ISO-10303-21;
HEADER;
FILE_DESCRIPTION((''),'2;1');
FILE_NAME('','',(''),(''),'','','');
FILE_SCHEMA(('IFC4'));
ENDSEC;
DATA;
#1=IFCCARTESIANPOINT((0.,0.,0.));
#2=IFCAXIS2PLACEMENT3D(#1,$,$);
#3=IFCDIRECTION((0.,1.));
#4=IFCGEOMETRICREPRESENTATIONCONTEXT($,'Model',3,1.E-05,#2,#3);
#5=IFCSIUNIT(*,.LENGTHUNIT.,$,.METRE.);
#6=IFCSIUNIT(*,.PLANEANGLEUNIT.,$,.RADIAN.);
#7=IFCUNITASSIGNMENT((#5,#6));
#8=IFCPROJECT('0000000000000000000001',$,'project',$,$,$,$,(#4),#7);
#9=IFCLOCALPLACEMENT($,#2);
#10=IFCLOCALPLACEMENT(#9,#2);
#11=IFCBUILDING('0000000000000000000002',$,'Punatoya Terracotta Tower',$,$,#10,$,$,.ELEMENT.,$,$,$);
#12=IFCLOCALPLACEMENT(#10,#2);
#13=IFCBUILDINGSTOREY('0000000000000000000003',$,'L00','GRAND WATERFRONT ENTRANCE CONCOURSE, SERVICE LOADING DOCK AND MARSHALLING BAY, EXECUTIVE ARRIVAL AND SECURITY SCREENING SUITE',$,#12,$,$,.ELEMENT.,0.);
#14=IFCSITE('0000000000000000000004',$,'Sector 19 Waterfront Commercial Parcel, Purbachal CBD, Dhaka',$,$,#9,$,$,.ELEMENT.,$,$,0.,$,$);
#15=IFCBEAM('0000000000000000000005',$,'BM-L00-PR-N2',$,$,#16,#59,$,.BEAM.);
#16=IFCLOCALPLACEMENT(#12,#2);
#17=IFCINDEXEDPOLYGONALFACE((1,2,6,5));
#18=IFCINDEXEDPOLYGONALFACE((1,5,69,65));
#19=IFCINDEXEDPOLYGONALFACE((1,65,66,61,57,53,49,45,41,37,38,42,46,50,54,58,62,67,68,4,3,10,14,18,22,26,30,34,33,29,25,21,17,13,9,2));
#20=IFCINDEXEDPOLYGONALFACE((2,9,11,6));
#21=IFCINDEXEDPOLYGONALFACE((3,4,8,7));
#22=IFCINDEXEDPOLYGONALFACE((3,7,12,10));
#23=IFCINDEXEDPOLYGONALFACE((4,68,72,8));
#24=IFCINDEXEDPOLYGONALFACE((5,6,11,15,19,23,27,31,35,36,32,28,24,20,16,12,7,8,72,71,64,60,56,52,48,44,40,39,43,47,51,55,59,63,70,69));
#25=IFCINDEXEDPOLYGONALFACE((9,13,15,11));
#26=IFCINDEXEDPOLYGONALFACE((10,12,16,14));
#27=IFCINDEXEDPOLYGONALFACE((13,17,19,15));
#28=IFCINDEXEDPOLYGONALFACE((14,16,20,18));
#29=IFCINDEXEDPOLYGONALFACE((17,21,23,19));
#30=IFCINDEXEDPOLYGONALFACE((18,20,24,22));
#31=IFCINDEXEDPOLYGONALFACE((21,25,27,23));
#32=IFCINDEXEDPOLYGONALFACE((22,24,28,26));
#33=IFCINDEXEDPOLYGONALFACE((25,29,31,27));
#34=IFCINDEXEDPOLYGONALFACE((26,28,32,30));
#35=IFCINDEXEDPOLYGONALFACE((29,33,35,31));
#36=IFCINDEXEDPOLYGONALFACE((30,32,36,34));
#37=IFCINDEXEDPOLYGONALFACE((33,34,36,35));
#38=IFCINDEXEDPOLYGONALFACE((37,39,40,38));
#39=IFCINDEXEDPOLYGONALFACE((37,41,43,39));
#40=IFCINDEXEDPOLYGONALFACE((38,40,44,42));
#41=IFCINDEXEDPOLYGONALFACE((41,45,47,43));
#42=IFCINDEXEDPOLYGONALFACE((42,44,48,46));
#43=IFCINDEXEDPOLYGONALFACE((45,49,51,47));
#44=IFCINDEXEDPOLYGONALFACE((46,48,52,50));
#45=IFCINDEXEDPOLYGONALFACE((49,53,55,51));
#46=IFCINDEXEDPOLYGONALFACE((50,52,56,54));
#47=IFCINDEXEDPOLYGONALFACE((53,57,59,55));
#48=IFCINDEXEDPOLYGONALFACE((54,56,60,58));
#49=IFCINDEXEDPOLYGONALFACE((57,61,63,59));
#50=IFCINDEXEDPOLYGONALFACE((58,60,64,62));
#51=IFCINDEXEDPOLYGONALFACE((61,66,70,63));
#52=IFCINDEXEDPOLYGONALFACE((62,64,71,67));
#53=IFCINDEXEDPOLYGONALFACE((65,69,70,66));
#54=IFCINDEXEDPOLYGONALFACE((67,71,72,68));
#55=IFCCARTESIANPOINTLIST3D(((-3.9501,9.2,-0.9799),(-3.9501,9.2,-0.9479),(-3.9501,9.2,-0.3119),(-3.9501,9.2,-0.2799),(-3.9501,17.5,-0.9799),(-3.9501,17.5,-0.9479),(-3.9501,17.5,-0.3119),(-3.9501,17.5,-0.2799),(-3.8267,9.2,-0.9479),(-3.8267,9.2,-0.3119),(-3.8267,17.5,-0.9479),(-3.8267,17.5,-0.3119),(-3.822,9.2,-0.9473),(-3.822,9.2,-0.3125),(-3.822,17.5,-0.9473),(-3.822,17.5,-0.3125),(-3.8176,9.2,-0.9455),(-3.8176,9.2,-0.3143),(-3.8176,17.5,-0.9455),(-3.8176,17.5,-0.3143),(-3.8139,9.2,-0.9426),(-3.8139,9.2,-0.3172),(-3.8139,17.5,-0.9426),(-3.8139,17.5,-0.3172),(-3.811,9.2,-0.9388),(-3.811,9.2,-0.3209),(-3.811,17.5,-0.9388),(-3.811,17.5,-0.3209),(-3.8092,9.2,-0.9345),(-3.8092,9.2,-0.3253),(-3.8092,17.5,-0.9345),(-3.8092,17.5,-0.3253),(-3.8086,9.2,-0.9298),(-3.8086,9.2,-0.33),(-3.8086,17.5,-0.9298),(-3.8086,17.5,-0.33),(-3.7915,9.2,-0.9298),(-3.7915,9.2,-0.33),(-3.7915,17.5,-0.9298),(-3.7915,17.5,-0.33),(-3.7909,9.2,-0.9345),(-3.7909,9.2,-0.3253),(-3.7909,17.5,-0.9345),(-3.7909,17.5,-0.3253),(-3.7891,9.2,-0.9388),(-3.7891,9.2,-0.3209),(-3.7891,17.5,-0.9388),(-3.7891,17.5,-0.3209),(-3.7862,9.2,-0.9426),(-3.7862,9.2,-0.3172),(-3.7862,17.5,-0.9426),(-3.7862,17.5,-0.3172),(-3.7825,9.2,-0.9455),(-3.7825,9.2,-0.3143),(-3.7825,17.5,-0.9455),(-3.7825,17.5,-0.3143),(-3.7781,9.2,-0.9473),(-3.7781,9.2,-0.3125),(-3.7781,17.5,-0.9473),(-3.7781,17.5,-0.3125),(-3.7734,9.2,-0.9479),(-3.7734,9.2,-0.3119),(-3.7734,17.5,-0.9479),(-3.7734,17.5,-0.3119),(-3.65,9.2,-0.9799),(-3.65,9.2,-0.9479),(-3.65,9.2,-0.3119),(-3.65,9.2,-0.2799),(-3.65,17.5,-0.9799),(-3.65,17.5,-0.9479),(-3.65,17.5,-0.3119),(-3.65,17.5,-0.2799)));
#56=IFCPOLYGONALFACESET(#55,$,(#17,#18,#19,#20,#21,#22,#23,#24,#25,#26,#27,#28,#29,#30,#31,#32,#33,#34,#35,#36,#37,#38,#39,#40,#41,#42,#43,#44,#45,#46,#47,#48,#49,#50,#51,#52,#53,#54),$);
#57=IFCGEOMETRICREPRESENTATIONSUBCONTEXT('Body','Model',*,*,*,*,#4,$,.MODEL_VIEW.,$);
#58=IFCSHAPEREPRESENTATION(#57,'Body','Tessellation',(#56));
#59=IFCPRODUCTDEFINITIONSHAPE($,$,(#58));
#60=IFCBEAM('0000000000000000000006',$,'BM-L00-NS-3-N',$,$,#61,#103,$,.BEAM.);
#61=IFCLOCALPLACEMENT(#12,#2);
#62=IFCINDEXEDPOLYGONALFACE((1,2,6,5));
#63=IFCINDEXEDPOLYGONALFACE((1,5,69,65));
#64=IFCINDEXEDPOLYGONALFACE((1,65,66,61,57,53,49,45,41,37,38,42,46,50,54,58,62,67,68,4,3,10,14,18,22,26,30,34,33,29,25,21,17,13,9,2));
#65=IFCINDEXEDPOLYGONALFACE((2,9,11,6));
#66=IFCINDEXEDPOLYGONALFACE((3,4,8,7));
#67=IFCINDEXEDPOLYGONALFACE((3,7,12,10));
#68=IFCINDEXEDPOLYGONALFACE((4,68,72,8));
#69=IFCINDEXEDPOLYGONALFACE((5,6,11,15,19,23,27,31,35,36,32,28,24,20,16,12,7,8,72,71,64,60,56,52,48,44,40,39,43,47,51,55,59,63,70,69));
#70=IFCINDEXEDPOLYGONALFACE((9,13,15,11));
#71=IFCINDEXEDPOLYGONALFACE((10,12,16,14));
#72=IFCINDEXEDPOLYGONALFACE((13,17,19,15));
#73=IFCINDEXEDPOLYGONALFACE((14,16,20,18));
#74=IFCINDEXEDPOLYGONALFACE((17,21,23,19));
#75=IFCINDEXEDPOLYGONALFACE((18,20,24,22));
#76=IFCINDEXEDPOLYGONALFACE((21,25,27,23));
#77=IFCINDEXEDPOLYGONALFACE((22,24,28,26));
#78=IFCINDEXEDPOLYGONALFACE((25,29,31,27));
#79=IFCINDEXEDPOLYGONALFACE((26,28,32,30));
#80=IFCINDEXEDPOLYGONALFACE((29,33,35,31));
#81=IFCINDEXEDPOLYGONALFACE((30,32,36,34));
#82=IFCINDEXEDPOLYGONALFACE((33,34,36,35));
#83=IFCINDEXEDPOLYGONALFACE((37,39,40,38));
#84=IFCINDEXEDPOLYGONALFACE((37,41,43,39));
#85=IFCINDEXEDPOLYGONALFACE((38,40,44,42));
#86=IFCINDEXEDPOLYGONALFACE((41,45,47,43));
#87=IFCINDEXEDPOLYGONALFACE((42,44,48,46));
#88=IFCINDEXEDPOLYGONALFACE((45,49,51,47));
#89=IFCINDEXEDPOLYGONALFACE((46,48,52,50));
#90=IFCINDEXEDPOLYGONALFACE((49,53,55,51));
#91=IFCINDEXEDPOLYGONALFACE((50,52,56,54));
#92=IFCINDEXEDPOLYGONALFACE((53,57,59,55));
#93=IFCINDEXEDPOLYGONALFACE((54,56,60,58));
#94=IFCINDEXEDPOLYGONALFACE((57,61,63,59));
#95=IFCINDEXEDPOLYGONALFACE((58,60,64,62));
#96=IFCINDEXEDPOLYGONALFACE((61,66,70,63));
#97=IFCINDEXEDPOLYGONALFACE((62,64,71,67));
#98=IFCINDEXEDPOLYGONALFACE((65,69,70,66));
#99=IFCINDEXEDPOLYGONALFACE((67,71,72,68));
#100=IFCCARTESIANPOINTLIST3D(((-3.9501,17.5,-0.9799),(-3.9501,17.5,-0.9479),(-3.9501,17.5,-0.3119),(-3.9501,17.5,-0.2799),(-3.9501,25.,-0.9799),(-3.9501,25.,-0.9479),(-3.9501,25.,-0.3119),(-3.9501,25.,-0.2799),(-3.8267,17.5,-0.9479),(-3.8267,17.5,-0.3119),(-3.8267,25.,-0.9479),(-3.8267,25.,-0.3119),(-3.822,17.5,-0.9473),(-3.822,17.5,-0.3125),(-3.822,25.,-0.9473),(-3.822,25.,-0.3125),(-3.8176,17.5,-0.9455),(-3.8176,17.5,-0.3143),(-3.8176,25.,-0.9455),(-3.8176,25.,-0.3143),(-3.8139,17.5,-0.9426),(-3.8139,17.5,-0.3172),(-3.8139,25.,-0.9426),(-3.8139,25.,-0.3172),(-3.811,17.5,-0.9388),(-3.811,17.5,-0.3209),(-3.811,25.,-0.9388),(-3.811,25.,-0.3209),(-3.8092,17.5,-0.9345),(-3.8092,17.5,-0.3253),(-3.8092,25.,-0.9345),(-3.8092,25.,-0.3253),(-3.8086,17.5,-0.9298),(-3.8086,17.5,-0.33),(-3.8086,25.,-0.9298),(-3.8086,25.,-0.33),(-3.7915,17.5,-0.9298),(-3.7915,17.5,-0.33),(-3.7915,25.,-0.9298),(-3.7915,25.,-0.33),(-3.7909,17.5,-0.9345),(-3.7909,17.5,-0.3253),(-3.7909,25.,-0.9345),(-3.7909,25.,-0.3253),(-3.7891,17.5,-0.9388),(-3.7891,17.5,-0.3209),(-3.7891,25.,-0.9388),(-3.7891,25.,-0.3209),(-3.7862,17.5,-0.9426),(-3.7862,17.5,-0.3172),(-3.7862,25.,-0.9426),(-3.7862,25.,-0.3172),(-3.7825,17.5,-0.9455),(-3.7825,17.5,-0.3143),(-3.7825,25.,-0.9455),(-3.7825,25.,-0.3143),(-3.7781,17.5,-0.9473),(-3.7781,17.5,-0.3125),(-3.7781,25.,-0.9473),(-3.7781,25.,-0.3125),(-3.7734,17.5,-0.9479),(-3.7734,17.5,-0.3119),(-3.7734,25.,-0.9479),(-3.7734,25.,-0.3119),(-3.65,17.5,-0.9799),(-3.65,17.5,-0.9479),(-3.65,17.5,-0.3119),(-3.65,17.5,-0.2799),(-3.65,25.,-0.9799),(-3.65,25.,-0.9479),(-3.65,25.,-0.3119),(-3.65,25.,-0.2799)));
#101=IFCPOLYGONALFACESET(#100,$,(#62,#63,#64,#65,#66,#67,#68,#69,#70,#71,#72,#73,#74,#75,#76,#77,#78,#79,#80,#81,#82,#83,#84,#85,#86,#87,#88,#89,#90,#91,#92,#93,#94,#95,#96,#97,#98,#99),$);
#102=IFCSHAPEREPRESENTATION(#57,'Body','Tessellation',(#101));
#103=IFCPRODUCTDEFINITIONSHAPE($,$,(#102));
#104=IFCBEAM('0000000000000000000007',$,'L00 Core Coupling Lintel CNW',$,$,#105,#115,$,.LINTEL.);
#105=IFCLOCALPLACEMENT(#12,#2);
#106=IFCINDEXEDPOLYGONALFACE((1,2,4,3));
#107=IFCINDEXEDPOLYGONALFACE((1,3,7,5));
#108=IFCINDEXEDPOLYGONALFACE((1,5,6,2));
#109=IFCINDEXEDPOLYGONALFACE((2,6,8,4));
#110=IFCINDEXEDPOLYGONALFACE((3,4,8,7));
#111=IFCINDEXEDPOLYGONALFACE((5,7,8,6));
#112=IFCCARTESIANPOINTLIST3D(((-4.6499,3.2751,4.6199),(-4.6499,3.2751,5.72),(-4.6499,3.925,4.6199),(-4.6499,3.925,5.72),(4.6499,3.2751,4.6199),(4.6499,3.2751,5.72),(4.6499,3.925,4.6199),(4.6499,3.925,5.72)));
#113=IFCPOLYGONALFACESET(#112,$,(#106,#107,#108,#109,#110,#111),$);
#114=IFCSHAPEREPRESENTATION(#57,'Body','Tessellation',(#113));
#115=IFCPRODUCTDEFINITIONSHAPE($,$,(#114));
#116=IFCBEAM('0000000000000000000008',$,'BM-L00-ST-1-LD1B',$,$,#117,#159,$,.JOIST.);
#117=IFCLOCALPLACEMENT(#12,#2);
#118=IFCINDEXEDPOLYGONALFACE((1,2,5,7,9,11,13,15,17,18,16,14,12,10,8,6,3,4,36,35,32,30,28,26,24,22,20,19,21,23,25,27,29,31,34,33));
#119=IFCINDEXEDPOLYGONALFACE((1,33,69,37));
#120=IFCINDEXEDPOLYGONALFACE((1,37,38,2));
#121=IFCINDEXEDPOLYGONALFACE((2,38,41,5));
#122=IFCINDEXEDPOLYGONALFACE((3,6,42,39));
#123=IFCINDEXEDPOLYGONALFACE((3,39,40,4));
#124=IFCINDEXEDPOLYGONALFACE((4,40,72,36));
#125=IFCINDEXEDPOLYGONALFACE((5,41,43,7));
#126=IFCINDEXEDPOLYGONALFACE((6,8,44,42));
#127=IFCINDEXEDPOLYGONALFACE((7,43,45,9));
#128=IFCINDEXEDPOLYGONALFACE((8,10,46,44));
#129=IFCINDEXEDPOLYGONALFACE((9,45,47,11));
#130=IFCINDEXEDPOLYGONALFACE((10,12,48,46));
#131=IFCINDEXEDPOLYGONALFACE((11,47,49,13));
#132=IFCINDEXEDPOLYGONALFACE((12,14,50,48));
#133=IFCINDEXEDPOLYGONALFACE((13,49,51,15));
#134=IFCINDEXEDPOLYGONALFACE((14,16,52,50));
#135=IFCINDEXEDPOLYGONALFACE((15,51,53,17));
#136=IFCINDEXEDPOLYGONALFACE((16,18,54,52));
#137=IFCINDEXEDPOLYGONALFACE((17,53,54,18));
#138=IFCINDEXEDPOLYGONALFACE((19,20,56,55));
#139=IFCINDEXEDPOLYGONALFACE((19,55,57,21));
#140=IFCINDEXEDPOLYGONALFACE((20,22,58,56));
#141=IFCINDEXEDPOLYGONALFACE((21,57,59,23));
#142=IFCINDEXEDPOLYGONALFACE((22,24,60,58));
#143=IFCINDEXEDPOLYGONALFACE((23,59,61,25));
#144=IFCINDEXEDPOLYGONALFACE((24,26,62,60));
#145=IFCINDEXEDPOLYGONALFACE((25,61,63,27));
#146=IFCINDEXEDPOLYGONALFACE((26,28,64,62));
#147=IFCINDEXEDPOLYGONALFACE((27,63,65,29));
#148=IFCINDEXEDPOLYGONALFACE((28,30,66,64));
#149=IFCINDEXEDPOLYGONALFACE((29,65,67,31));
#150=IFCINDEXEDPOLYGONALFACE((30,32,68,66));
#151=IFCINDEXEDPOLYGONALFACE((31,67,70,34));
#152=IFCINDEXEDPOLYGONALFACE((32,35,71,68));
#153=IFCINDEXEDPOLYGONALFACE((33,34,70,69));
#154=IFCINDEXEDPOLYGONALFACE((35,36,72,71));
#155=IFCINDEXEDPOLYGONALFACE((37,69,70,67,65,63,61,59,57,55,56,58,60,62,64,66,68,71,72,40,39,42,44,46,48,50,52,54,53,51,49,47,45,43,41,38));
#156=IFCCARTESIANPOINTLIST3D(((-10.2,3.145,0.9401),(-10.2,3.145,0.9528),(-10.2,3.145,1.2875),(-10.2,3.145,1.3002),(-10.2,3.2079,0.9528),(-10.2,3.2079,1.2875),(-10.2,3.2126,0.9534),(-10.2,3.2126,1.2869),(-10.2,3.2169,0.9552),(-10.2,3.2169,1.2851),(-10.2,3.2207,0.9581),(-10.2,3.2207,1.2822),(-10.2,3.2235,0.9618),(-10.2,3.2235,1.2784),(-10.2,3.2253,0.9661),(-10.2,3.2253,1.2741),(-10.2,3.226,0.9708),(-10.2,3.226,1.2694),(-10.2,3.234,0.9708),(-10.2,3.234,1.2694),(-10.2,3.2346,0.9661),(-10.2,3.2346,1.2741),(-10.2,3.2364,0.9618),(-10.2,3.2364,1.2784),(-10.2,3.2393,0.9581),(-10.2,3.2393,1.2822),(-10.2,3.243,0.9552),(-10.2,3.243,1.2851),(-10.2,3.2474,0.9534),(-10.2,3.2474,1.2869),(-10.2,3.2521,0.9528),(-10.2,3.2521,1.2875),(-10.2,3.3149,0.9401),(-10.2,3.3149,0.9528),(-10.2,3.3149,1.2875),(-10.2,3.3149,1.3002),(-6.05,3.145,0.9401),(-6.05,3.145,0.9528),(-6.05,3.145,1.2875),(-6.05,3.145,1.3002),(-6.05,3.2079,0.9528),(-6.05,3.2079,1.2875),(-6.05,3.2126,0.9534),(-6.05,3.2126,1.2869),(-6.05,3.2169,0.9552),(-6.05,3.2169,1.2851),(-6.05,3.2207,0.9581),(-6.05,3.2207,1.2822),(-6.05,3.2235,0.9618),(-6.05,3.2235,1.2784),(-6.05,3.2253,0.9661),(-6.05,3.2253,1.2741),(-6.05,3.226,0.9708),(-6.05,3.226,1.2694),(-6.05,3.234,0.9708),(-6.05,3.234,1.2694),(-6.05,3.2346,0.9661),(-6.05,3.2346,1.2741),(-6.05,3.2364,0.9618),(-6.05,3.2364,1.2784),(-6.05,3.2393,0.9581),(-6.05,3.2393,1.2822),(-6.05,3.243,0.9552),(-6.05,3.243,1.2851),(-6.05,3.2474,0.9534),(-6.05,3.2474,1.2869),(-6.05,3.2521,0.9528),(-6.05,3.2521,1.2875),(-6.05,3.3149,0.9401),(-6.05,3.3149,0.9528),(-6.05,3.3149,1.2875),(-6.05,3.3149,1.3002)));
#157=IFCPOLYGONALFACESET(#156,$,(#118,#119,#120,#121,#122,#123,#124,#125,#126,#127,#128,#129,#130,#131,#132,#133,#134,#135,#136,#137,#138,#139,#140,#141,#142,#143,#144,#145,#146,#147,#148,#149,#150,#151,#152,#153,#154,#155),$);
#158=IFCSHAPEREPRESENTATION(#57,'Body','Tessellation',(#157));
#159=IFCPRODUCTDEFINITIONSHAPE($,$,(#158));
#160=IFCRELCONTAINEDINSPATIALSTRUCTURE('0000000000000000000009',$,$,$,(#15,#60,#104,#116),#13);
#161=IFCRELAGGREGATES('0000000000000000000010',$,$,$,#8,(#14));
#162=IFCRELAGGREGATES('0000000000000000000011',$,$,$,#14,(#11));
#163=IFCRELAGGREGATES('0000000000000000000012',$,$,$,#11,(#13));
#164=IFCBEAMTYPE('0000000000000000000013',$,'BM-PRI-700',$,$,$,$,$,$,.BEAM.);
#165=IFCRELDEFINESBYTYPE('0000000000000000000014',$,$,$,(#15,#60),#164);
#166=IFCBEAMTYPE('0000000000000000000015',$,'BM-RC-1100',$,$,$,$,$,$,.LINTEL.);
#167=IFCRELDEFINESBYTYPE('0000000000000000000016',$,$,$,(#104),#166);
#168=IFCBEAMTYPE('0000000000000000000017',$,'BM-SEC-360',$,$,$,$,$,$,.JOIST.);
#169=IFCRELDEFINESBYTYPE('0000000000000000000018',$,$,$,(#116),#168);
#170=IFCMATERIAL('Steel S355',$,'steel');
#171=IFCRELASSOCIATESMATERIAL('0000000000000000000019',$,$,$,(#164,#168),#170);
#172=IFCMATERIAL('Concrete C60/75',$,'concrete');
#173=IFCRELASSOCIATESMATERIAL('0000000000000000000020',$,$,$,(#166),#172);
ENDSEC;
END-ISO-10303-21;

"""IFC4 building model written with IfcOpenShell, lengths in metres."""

from ifc_helpers import new_model, si_unit, direction, frame, origin, origin_2d, place, context, subcontext, project, spatial, rectangle, i_section, extrude, material, material_profile, profile_set, type_object, element, save


model = new_model("IFC4")

# Units and contexts
model_context = context("Model", 3, precision=1e-05, world=origin(), true_north=direction((0.0, 1.0)))
body_context = subcontext(model_context, "Body", "Model", "MODEL_VIEW")
ifc_project = project(units=[si_unit("LENGTHUNIT", "METRE"), si_unit("PLANEANGLEUNIT", "RADIAN")], contexts=[model_context])

# Site, building, storey
site_placement = place(None, origin())
site = spatial("IfcSite", under=ifc_project, at=site_placement, Name="Sector 19 Waterfront Commercial Parcel, Purbachal CBD, Dhaka", CompositionType="ELEMENT", RefElevation=0.0)
building_placement = place(site_placement, origin())
building = spatial("IfcBuilding", under=site, at=building_placement, Name="Punatoya Terracotta Tower", CompositionType="ELEMENT")
storey_placement = place(building_placement, origin())
storey = spatial("IfcBuildingStorey", under=building, at=storey_placement, Name="L00", Description="GRAND WATERFRONT ENTRANCE CONCOURSE, SERVICE LOADING DOCK AND MARSHALLING BAY, EXECUTIVE ARRIVAL AND SECURITY SCREENING SUITE", CompositionType="ELEMENT", Elevation=0.0)

# Beams
ifc_material_1 = material(Name="Steel S355", Category="steel")
ifc_material_profile_1 = material_profile(ifc_material_1, i_section(OverallWidth=0.3, OverallDepth=0.7, WebThickness=0.0171, FlangeThickness=0.032, FilletRadius=0.0181, at=origin_2d()))
ifc_profile_set_1 = profile_set([ifc_material_profile_1], Name="Steel S355")
beam_type_1 = type_object("IfcBeamType", Name="BM-PRI-700", PredefinedType="BEAM", material=ifc_profile_set_1)
for number, where, z_axis, x_axis, name in (
    (1, (-3.8, 9.2, -0.6299), (0.0, 1.0, 0.0), (-1.0, 0.0, 0.0), "BM-L00-PR-N2"),
):
    element("IfcBeam", number, at=place(storey_placement, frame(where, z_axis=z_axis, x_axis=x_axis)), inside=storey, type_object=beam_type_1, Name=name, PredefinedType="BEAM", context=body_context, shape_type="SweptSolid", body=[
        extrude(i_section(OverallWidth=0.3, OverallDepth=0.7, WebThickness=0.0171, FlangeThickness=0.032, FilletRadius=0.0181, at=origin_2d()), origin(), (0.0, 0.0, 1.0), 8.3),
    ])
beam_1_placement = place(storey_placement, frame((-3.8, 17.5, -0.6299), z_axis=(0.0, 1.0, 0.0), x_axis=(-1.0, 0.0, 0.0)))
element("IfcBeam", 2, at=beam_1_placement, inside=storey, type_object=beam_type_1, Name="BM-L00-NS-3-N", PredefinedType="BEAM", context=body_context, shape_type="SweptSolid", body=[
    extrude(i_section(OverallWidth=0.3, OverallDepth=0.7, WebThickness=0.0171, FlangeThickness=0.032, FilletRadius=0.0181, at=origin_2d()), origin(), (0.0, 0.0, 1.0), 7.5),
])
ifc_material_2 = material(Name="Concrete C60/75", Category="concrete")
ifc_material_profile_2 = material_profile(ifc_material_2, rectangle(XDim=0.6499, YDim=1.1001, at=origin_2d()))
ifc_profile_set_2 = profile_set([ifc_material_profile_2], Name="Concrete C60/75")
beam_type_2 = type_object("IfcBeamType", Name="BM-RC-1100", PredefinedType="LINTEL", material=ifc_profile_set_2)
beam_2_placement = place(storey_placement, frame((-4.6499, 3.6001, 5.1699), z_axis=(1.0, 0.0, 0.0), x_axis=(0.0, 1.0, 0.0)))
element("IfcBeam", 3, at=beam_2_placement, inside=storey, type_object=beam_type_2, Name="L00 Core Coupling Lintel CNW", PredefinedType="LINTEL", context=body_context, shape_type="SweptSolid", body=[
    extrude(rectangle(XDim=0.6499, YDim=1.1001, at=origin_2d()), origin(), (0.0, 0.0, 1.0), 9.2998),
])
ifc_material_profile_3 = material_profile(ifc_material_1, i_section(OverallWidth=0.1699, OverallDepth=0.3601, WebThickness=0.0081, FlangeThickness=0.0127, FilletRadius=0.0181, at=origin_2d()))
ifc_profile_set_3 = profile_set([ifc_material_profile_3], Name="Steel S355")
beam_type_3 = type_object("IfcBeamType", Name="BM-SEC-360", PredefinedType="JOIST", material=ifc_profile_set_3)
for number, where, z_axis, x_axis, name in (
    (4, (-10.2, 3.23, 1.1201), (1.0, 0.0, 0.0), (0.0, 1.0, 0.0), "BM-L00-ST-1-LD1B"),
):
    element("IfcBeam", number, at=place(storey_placement, frame(where, z_axis=z_axis, x_axis=x_axis)), inside=storey, type_object=beam_type_3, Name=name, PredefinedType="JOIST", context=body_context, shape_type="SweptSolid", body=[
        extrude(i_section(OverallWidth=0.1699, OverallDepth=0.3601, WebThickness=0.0081, FlangeThickness=0.0127, FilletRadius=0.0181, at=origin_2d()), origin(), (0.0, 0.0, 1.0), 4.1499),
    ])

save(model, "model.ifc")
